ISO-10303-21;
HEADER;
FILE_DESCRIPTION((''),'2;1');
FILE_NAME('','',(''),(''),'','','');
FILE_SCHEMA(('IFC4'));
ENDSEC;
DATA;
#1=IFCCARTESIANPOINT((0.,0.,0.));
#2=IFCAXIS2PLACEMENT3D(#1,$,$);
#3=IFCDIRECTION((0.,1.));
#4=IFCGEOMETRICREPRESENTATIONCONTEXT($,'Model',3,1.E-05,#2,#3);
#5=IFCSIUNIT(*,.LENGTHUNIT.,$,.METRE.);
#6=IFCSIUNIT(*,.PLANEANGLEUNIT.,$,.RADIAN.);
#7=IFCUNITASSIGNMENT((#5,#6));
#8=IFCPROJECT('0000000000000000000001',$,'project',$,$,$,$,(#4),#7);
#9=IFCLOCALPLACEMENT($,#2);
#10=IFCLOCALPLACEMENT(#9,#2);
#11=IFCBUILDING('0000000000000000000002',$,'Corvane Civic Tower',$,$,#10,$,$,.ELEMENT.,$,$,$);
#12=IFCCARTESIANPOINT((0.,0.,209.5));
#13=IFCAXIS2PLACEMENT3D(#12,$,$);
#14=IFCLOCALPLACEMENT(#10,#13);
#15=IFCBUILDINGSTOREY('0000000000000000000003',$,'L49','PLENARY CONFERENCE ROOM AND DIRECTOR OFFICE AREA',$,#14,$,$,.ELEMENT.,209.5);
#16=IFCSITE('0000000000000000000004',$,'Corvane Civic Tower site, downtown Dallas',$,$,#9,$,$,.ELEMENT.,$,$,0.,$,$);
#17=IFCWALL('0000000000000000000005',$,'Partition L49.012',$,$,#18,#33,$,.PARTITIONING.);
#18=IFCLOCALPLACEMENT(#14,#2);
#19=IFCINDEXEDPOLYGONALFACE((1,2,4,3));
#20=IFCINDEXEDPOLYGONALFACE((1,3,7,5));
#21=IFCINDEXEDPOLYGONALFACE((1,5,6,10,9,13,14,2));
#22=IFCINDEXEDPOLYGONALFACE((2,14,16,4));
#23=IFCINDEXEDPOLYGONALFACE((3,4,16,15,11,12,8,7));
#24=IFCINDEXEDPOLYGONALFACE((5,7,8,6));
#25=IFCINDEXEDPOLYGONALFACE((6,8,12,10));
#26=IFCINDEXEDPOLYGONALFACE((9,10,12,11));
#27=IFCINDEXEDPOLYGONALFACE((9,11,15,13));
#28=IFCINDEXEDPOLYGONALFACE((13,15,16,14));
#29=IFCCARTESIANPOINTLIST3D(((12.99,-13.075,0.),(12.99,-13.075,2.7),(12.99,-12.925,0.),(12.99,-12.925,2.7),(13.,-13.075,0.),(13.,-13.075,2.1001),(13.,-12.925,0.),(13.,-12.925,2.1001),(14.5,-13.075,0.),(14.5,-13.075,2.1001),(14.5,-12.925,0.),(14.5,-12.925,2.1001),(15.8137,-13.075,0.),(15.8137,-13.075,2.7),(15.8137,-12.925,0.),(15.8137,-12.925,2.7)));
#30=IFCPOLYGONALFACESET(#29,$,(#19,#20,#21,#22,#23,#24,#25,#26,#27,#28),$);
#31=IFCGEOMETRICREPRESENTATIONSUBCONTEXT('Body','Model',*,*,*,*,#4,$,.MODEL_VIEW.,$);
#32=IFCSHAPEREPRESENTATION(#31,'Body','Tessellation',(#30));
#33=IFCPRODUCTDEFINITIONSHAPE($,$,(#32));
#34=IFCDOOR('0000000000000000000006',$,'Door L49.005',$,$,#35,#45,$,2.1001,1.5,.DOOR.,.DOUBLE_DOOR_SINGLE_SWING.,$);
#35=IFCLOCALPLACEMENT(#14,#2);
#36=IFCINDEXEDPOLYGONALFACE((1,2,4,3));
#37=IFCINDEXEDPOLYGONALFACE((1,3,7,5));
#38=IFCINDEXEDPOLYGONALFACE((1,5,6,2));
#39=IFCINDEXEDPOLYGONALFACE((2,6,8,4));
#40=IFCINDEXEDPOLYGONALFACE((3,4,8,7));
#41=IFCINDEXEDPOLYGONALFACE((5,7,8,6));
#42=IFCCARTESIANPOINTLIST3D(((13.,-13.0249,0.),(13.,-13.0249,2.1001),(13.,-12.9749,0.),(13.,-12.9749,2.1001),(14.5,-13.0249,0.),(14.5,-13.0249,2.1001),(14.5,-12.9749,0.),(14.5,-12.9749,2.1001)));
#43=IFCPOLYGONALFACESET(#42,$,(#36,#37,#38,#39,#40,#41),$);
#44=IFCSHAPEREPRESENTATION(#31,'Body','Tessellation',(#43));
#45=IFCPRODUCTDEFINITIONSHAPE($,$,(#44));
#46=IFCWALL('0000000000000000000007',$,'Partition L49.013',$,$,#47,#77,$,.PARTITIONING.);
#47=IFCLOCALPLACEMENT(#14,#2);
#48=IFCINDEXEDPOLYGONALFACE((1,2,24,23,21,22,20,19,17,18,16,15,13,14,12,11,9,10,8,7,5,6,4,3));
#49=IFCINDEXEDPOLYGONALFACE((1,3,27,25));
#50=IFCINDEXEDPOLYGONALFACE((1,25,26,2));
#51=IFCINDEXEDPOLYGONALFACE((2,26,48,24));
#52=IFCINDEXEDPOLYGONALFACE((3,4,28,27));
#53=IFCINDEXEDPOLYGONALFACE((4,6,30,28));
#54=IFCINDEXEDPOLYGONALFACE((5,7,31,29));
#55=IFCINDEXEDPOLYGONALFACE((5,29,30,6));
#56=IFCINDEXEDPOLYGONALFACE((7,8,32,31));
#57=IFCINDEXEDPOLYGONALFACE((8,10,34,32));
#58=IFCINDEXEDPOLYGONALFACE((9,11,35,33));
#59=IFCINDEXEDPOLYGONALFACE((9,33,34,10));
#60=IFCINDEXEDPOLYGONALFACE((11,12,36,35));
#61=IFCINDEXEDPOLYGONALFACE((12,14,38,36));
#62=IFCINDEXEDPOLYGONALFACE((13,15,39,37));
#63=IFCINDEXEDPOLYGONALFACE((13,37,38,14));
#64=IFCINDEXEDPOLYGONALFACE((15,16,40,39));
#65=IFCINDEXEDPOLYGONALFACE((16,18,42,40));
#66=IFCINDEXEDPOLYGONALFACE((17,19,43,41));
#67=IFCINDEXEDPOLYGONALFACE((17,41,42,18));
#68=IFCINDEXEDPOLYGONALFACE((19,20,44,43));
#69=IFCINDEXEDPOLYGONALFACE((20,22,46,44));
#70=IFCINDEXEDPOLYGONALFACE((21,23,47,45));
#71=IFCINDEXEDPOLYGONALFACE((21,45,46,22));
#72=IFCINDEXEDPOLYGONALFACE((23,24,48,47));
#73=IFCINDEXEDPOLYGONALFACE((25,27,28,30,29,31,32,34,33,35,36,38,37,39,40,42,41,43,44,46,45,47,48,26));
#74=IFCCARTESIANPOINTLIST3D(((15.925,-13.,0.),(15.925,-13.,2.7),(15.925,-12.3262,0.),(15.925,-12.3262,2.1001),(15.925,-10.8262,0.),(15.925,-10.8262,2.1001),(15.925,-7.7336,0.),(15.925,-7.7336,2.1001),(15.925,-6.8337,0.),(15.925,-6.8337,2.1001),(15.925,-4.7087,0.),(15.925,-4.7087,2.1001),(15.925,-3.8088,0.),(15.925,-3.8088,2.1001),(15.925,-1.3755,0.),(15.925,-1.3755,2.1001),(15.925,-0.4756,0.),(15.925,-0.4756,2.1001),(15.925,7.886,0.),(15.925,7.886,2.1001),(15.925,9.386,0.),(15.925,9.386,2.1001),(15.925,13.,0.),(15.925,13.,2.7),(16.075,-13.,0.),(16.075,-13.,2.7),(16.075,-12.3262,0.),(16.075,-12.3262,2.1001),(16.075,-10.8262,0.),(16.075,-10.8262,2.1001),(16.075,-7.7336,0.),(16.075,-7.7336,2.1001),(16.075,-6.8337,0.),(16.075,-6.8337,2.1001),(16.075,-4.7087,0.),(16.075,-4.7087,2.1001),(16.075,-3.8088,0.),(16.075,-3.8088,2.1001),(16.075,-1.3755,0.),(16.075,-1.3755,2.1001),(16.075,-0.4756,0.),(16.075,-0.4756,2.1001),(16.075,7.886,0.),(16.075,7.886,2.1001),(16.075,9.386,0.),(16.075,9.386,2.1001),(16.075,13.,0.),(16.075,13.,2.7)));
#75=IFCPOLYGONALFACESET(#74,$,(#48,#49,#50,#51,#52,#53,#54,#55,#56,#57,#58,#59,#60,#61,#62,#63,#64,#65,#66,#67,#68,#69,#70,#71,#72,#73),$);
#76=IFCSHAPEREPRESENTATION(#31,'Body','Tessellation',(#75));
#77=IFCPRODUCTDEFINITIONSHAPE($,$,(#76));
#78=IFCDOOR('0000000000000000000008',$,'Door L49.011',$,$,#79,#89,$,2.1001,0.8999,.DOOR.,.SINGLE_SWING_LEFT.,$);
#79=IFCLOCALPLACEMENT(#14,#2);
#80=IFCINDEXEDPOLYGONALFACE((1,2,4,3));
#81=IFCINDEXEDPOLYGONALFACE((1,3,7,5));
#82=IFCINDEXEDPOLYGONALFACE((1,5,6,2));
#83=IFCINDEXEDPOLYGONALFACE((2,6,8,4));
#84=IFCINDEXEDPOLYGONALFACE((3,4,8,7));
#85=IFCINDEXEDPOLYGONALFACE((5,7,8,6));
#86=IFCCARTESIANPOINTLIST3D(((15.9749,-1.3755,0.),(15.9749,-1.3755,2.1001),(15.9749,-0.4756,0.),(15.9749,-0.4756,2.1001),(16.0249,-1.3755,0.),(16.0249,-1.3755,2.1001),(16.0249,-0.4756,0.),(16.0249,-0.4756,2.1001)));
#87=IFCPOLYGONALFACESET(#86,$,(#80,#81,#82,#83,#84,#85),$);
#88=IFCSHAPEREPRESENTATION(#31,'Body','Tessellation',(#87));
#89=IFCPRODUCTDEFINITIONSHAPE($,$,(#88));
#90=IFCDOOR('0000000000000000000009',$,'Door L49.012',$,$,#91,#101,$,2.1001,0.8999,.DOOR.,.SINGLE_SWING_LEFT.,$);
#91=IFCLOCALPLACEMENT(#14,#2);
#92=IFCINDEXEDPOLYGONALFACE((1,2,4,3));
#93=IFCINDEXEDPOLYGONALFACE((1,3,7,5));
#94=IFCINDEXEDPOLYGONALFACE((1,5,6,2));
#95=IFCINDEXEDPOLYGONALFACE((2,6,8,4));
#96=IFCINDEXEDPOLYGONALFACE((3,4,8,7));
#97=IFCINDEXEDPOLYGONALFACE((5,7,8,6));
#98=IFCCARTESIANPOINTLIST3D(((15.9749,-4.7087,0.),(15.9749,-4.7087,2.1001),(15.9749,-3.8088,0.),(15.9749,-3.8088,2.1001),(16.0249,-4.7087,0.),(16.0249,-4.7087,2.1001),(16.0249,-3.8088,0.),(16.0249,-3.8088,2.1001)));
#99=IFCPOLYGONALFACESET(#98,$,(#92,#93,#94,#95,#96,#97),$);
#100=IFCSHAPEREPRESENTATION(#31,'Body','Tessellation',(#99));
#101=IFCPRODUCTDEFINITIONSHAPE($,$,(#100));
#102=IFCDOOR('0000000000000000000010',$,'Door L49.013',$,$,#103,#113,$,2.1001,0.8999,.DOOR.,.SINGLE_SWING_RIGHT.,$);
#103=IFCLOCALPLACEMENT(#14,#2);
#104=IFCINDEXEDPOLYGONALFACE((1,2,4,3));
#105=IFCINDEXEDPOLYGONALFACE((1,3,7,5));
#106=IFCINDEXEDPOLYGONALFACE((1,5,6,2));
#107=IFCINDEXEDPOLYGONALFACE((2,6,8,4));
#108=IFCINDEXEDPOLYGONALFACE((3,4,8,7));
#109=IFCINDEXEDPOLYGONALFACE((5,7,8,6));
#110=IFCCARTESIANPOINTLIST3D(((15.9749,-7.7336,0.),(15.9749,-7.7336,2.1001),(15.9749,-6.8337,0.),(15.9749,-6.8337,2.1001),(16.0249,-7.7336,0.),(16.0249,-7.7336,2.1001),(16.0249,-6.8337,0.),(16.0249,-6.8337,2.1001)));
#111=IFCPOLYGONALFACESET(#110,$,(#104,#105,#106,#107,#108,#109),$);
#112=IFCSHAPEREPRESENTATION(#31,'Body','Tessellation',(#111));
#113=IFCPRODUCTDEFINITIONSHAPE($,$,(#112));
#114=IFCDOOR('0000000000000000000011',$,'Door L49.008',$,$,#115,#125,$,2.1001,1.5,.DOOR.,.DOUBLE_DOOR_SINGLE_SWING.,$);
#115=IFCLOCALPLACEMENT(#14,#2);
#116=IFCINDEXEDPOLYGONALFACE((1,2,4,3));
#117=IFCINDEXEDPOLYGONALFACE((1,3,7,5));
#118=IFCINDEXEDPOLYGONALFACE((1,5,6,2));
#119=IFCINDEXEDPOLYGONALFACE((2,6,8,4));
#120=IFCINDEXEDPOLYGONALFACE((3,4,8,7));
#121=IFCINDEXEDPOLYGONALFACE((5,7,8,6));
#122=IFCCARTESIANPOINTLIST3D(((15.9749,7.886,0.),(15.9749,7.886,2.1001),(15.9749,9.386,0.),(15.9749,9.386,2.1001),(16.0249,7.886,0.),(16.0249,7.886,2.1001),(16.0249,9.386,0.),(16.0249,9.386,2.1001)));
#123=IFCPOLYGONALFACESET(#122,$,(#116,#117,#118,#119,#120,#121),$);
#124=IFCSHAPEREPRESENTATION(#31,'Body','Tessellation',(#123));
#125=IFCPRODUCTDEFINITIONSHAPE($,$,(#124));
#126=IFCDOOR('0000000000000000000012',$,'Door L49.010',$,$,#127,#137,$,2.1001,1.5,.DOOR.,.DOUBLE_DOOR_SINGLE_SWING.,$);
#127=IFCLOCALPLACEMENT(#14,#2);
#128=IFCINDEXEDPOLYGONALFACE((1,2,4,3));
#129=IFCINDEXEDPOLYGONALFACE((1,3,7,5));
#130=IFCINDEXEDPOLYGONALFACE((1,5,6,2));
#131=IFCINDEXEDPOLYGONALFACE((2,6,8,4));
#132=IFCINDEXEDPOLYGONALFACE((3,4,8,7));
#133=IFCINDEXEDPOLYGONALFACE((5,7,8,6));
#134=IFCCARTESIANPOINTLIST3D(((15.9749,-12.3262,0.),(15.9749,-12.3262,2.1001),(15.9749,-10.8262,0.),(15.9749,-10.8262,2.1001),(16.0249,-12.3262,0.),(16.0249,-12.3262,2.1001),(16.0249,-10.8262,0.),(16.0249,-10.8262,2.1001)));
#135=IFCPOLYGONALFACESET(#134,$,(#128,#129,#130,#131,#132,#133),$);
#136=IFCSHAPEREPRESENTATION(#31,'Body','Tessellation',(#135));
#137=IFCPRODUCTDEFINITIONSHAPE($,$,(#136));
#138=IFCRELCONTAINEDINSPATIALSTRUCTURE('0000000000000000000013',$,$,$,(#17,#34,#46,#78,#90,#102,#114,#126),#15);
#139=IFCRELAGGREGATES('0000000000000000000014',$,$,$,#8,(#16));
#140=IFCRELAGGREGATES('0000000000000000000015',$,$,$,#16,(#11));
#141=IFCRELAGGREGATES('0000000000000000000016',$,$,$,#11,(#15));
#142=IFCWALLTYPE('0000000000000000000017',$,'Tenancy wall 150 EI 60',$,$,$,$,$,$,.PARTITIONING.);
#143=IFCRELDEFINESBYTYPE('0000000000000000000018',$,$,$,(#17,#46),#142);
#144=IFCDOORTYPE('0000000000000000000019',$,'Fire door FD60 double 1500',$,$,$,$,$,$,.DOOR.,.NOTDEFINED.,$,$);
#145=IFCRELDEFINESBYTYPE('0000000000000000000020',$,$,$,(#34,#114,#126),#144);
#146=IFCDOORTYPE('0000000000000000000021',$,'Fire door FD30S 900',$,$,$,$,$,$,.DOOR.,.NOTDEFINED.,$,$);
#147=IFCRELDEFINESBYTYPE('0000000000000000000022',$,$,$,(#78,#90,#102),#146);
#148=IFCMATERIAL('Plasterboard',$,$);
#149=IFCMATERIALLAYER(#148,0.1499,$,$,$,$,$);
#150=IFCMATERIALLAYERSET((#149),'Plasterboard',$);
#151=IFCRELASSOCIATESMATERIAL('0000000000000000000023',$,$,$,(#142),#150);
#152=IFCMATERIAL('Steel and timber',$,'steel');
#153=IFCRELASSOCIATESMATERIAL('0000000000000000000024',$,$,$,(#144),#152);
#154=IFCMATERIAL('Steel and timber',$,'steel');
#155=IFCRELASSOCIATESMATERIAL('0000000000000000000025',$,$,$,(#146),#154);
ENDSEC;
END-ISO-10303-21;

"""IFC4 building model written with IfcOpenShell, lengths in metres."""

from ifc_helpers import new_model, si_unit, direction, frame, frame_2d, origin, place, context, subcontext, project, spatial, rectangle, extrude, material, layer, layer_set, type_object, element, fill, save


model = new_model("IFC4")

# Units and contexts
model_context = context("Model", 3, precision=1e-05, world=origin(), true_north=direction((0.0, 1.0)))
body_context = subcontext(model_context, "Body", "Model", "MODEL_VIEW")
ifc_project = project(units=[si_unit("LENGTHUNIT", "METRE"), si_unit("PLANEANGLEUNIT", "RADIAN")], contexts=[model_context])

# Site, building, storey
site_placement = place(None, origin())
site = spatial("IfcSite", under=ifc_project, at=site_placement, Name="Corvane Civic Tower site, downtown Dallas", CompositionType="ELEMENT", RefElevation=0.0)
building_placement = place(site_placement, origin())
building = spatial("IfcBuilding", under=site, at=building_placement, Name="Corvane Civic Tower", CompositionType="ELEMENT")
storey_placement = place(building_placement, frame((0.0, 0.0, 209.5)))
storey = spatial("IfcBuildingStorey", under=building, at=storey_placement, Name="L49", Description="PLENARY CONFERENCE ROOM AND DIRECTOR OFFICE AREA", CompositionType="ELEMENT", Elevation=209.5)

# Wall, opening, door
ifc_material_1 = material(Name="Plasterboard")
ifc_layer_1 = layer(ifc_material_1, 0.1499)
ifc_layer_set_1 = layer_set([ifc_layer_1], Name="Plasterboard")
wall_type_1 = type_object("IfcWallType", Name="Tenancy wall 150 EI 60", PredefinedType="PARTITIONING", material=ifc_layer_set_1)
wall_1_placement = place(storey_placement, frame((12.99, -13.0, 0.0), z_axis=(0.0, 0.0, 1.0), x_axis=(1.0, 0.0, 0.0)))
wall_1 = element("IfcWall", 1, at=wall_1_placement, inside=storey, type_object=wall_type_1, Name="Partition L49.012", PredefinedType="PARTITIONING", context=body_context, shape_type="SweptSolid", body=[
    extrude(rectangle(XDim=2.8237, YDim=0.1499, at=frame_2d((1.4119, 0.0))), origin(), (0.0, 0.0, 1.0), 2.7),
])
opening_1_placement = place(wall_1_placement, frame((0.01, 0.0, 0.0)))
opening_1 = element("IfcOpeningElement", 2, at=opening_1_placement, cuts=wall_1, PredefinedType="OPENING", context=body_context, shape_type="SweptSolid", body=[
    extrude(rectangle(XDim=1.5, YDim=2.1001, at=frame_2d((0.75, 1.05))), frame((0.0, 0.085, 0.0), z_axis=(0.0, -1.0, 0.0), x_axis=(1.0, 0.0, 0.0)), (0.0, 0.0, 1.0), 0.1699),
])
ifc_material_2 = material(Name="Steel and timber", Category="steel")
door_type_1 = type_object("IfcDoorType", Name="Fire door FD60 double 1500", OperationType="NOTDEFINED", PredefinedType="DOOR", material=ifc_material_2)
door_1_placement = place(opening_1_placement, frame((1.5, 0.0, 0.0), z_axis=(0.0, 0.0, 1.0), x_axis=(-1.0, 0.0, 0.0)))
door_1 = element("IfcDoor", 3, at=door_1_placement, inside=storey, type_object=door_type_1, Name="Door L49.005", OperationType="DOUBLE_DOOR_SINGLE_SWING", OverallHeight=2.1001, OverallWidth=1.5, PredefinedType="DOOR", context=body_context, shape_type="SweptSolid", body=[
    extrude(rectangle(XDim=1.5, YDim=2.1001, at=frame_2d((0.75, 1.05))), frame((0.0, 0.0249, 0.0), z_axis=(0.0, -1.0, 0.0), x_axis=(1.0, 0.0, 0.0)), (0.0, 0.0, 1.0), 0.05),
])
fill(opening_1, door_1)

# Wall, openings, doors
wall_2_placement = place(storey_placement, frame((16.0, -13.0, 0.0), z_axis=(0.0, 0.0, 1.0), x_axis=(0.0, 1.0, 0.0)))
wall_2 = element("IfcWall", 4, at=wall_2_placement, inside=storey, type_object=wall_type_1, Name="Partition L49.013", PredefinedType="PARTITIONING", context=body_context, shape_type="SweptSolid", body=[
    extrude(rectangle(XDim=26.0, YDim=0.1499, at=frame_2d((13.0, 0.0))), origin(), (0.0, 0.0, 1.0), 2.7),
])
opening_2_placement = place(wall_2_placement, frame((20.886, 0.0, 0.0)))
opening_2 = element("IfcOpeningElement", 5, at=opening_2_placement, cuts=wall_2, PredefinedType="OPENING", context=body_context, shape_type="SweptSolid", body=[
    extrude(rectangle(XDim=1.5, YDim=2.1001, at=frame_2d((0.75, 1.05))), frame((0.0, 0.085, 0.0), z_axis=(0.0, -1.0, 0.0), x_axis=(1.0, 0.0, 0.0)), (0.0, 0.0, 1.0), 0.1699),
])
opening_3_placement = place(wall_2_placement, frame((0.6738, 0.0, 0.0)))
opening_3 = element("IfcOpeningElement", 6, at=opening_3_placement, cuts=wall_2, PredefinedType="OPENING", context=body_context, shape_type="SweptSolid", body=[
    extrude(rectangle(XDim=1.5, YDim=2.1001, at=frame_2d((0.75, 1.05))), frame((0.0, 0.085, 0.0), z_axis=(0.0, -1.0, 0.0), x_axis=(1.0, 0.0, 0.0)), (0.0, 0.0, 1.0), 0.1699),
])
opening_4_placement = place(wall_2_placement, frame((11.6245, 0.0, 0.0)))
opening_4 = element("IfcOpeningElement", 7, at=opening_4_placement, cuts=wall_2, PredefinedType="OPENING", context=body_context, shape_type="SweptSolid", body=[
    extrude(rectangle(XDim=0.8999, YDim=2.1001, at=frame_2d((0.45, 1.05))), frame((0.0, 0.085, 0.0), z_axis=(0.0, -1.0, 0.0), x_axis=(1.0, 0.0, 0.0)), (0.0, 0.0, 1.0), 0.1699),
])
opening_5_placement = place(wall_2_placement, frame((8.2913, 0.0, 0.0)))
opening_5 = element("IfcOpeningElement", 8, at=opening_5_placement, cuts=wall_2, PredefinedType="OPENING", context=body_context, shape_type="SweptSolid", body=[
    extrude(rectangle(XDim=0.8999, YDim=2.1001, at=frame_2d((0.45, 1.05))), frame((0.0, 0.085, 0.0), z_axis=(0.0, -1.0, 0.0), x_axis=(1.0, 0.0, 0.0)), (0.0, 0.0, 1.0), 0.1699),
])
opening_6_placement = place(wall_2_placement, frame((5.2664, 0.0, 0.0)))
opening_6 = element("IfcOpeningElement", 9, at=opening_6_placement, cuts=wall_2, PredefinedType="OPENING", context=body_context, shape_type="SweptSolid", body=[
    extrude(rectangle(XDim=0.8999, YDim=2.1001, at=frame_2d((0.45, 1.05))), frame((0.0, 0.085, 0.0), z_axis=(0.0, -1.0, 0.0), x_axis=(1.0, 0.0, 0.0)), (0.0, 0.0, 1.0), 0.1699),
])
ifc_material_3 = material(Name="Steel and timber", Category="steel")
door_type_2 = type_object("IfcDoorType", Name="Fire door FD30S 900", OperationType="NOTDEFINED", PredefinedType="DOOR", material=ifc_material_3)
door_2_placement = place(opening_4_placement, frame((0.8999, 0.0, 0.0), z_axis=(0.0, 0.0, 1.0), x_axis=(-1.0, 0.0, 0.0)))
door_2 = element("IfcDoor", 10, at=door_2_placement, inside=storey, type_object=door_type_2, Name="Door L49.011", OperationType="SINGLE_SWING_LEFT", OverallHeight=2.1001, OverallWidth=0.8999, PredefinedType="DOOR", context=body_context, shape_type="SweptSolid", body=[
    extrude(rectangle(XDim=0.8999, YDim=2.1001, at=frame_2d((0.45, 1.05))), frame((0.0, 0.0249, 0.0), z_axis=(0.0, -1.0, 0.0), x_axis=(1.0, 0.0, 0.0)), (0.0, 0.0, 1.0), 0.05),
])
fill(opening_4, door_2)
door_3_placement = place(opening_5_placement, frame((0.8999, 0.0, 0.0), z_axis=(0.0, 0.0, 1.0), x_axis=(-1.0, 0.0, 0.0)))
door_3 = element("IfcDoor", 11, at=door_3_placement, inside=storey, type_object=door_type_2, Name="Door L49.012", OperationType="SINGLE_SWING_LEFT", OverallHeight=2.1001, OverallWidth=0.8999, PredefinedType="DOOR", context=body_context, shape_type="SweptSolid", body=[
    extrude(rectangle(XDim=0.8999, YDim=2.1001, at=frame_2d((0.45, 1.05))), frame((0.0, 0.0249, 0.0), z_axis=(0.0, -1.0, 0.0), x_axis=(1.0, 0.0, 0.0)), (0.0, 0.0, 1.0), 0.05),
])
fill(opening_5, door_3)
door_4_placement = place(opening_6_placement, frame((0.8999, 0.0, 0.0), z_axis=(0.0, 0.0, 1.0), x_axis=(-1.0, 0.0, 0.0)))
door_4 = element("IfcDoor", 12, at=door_4_placement, inside=storey, type_object=door_type_2, Name="Door L49.013", OperationType="SINGLE_SWING_RIGHT", OverallHeight=2.1001, OverallWidth=0.8999, PredefinedType="DOOR", context=body_context, shape_type="SweptSolid", body=[
    extrude(rectangle(XDim=0.8999, YDim=2.1001, at=frame_2d((0.45, 1.05))), frame((0.0, 0.0249, 0.0), z_axis=(0.0, -1.0, 0.0), x_axis=(1.0, 0.0, 0.0)), (0.0, 0.0, 1.0), 0.05),
])
fill(opening_6, door_4)
door_5_placement = place(opening_2_placement, frame((1.5, 0.0, 0.0), z_axis=(0.0, 0.0, 1.0), x_axis=(-1.0, 0.0, 0.0)))
door_5 = element("IfcDoor", 13, at=door_5_placement, inside=storey, type_object=door_type_1, Name="Door L49.008", OperationType="DOUBLE_DOOR_SINGLE_SWING", OverallHeight=2.1001, OverallWidth=1.5, PredefinedType="DOOR", context=body_context, shape_type="SweptSolid", body=[
    extrude(rectangle(XDim=1.5, YDim=2.1001, at=frame_2d((0.75, 1.05))), frame((0.0, 0.0249, 0.0), z_axis=(0.0, -1.0, 0.0), x_axis=(1.0, 0.0, 0.0)), (0.0, 0.0, 1.0), 0.05),
])
fill(opening_2, door_5)
door_6_placement = place(opening_3_placement, frame((1.5, 0.0, 0.0), z_axis=(0.0, 0.0, 1.0), x_axis=(-1.0, 0.0, 0.0)))
door_6 = element("IfcDoor", 14, at=door_6_placement, inside=storey, type_object=door_type_1, Name="Door L49.010", OperationType="DOUBLE_DOOR_SINGLE_SWING", OverallHeight=2.1001, OverallWidth=1.5, PredefinedType="DOOR", context=body_context, shape_type="SweptSolid", body=[
    extrude(rectangle(XDim=1.5, YDim=2.1001, at=frame_2d((0.75, 1.05))), frame((0.0, 0.0249, 0.0), z_axis=(0.0, -1.0, 0.0), x_axis=(1.0, 0.0, 0.0)), (0.0, 0.0, 1.0), 0.05),
])
fill(opening_3, door_6)

save(model, "model.ifc")
